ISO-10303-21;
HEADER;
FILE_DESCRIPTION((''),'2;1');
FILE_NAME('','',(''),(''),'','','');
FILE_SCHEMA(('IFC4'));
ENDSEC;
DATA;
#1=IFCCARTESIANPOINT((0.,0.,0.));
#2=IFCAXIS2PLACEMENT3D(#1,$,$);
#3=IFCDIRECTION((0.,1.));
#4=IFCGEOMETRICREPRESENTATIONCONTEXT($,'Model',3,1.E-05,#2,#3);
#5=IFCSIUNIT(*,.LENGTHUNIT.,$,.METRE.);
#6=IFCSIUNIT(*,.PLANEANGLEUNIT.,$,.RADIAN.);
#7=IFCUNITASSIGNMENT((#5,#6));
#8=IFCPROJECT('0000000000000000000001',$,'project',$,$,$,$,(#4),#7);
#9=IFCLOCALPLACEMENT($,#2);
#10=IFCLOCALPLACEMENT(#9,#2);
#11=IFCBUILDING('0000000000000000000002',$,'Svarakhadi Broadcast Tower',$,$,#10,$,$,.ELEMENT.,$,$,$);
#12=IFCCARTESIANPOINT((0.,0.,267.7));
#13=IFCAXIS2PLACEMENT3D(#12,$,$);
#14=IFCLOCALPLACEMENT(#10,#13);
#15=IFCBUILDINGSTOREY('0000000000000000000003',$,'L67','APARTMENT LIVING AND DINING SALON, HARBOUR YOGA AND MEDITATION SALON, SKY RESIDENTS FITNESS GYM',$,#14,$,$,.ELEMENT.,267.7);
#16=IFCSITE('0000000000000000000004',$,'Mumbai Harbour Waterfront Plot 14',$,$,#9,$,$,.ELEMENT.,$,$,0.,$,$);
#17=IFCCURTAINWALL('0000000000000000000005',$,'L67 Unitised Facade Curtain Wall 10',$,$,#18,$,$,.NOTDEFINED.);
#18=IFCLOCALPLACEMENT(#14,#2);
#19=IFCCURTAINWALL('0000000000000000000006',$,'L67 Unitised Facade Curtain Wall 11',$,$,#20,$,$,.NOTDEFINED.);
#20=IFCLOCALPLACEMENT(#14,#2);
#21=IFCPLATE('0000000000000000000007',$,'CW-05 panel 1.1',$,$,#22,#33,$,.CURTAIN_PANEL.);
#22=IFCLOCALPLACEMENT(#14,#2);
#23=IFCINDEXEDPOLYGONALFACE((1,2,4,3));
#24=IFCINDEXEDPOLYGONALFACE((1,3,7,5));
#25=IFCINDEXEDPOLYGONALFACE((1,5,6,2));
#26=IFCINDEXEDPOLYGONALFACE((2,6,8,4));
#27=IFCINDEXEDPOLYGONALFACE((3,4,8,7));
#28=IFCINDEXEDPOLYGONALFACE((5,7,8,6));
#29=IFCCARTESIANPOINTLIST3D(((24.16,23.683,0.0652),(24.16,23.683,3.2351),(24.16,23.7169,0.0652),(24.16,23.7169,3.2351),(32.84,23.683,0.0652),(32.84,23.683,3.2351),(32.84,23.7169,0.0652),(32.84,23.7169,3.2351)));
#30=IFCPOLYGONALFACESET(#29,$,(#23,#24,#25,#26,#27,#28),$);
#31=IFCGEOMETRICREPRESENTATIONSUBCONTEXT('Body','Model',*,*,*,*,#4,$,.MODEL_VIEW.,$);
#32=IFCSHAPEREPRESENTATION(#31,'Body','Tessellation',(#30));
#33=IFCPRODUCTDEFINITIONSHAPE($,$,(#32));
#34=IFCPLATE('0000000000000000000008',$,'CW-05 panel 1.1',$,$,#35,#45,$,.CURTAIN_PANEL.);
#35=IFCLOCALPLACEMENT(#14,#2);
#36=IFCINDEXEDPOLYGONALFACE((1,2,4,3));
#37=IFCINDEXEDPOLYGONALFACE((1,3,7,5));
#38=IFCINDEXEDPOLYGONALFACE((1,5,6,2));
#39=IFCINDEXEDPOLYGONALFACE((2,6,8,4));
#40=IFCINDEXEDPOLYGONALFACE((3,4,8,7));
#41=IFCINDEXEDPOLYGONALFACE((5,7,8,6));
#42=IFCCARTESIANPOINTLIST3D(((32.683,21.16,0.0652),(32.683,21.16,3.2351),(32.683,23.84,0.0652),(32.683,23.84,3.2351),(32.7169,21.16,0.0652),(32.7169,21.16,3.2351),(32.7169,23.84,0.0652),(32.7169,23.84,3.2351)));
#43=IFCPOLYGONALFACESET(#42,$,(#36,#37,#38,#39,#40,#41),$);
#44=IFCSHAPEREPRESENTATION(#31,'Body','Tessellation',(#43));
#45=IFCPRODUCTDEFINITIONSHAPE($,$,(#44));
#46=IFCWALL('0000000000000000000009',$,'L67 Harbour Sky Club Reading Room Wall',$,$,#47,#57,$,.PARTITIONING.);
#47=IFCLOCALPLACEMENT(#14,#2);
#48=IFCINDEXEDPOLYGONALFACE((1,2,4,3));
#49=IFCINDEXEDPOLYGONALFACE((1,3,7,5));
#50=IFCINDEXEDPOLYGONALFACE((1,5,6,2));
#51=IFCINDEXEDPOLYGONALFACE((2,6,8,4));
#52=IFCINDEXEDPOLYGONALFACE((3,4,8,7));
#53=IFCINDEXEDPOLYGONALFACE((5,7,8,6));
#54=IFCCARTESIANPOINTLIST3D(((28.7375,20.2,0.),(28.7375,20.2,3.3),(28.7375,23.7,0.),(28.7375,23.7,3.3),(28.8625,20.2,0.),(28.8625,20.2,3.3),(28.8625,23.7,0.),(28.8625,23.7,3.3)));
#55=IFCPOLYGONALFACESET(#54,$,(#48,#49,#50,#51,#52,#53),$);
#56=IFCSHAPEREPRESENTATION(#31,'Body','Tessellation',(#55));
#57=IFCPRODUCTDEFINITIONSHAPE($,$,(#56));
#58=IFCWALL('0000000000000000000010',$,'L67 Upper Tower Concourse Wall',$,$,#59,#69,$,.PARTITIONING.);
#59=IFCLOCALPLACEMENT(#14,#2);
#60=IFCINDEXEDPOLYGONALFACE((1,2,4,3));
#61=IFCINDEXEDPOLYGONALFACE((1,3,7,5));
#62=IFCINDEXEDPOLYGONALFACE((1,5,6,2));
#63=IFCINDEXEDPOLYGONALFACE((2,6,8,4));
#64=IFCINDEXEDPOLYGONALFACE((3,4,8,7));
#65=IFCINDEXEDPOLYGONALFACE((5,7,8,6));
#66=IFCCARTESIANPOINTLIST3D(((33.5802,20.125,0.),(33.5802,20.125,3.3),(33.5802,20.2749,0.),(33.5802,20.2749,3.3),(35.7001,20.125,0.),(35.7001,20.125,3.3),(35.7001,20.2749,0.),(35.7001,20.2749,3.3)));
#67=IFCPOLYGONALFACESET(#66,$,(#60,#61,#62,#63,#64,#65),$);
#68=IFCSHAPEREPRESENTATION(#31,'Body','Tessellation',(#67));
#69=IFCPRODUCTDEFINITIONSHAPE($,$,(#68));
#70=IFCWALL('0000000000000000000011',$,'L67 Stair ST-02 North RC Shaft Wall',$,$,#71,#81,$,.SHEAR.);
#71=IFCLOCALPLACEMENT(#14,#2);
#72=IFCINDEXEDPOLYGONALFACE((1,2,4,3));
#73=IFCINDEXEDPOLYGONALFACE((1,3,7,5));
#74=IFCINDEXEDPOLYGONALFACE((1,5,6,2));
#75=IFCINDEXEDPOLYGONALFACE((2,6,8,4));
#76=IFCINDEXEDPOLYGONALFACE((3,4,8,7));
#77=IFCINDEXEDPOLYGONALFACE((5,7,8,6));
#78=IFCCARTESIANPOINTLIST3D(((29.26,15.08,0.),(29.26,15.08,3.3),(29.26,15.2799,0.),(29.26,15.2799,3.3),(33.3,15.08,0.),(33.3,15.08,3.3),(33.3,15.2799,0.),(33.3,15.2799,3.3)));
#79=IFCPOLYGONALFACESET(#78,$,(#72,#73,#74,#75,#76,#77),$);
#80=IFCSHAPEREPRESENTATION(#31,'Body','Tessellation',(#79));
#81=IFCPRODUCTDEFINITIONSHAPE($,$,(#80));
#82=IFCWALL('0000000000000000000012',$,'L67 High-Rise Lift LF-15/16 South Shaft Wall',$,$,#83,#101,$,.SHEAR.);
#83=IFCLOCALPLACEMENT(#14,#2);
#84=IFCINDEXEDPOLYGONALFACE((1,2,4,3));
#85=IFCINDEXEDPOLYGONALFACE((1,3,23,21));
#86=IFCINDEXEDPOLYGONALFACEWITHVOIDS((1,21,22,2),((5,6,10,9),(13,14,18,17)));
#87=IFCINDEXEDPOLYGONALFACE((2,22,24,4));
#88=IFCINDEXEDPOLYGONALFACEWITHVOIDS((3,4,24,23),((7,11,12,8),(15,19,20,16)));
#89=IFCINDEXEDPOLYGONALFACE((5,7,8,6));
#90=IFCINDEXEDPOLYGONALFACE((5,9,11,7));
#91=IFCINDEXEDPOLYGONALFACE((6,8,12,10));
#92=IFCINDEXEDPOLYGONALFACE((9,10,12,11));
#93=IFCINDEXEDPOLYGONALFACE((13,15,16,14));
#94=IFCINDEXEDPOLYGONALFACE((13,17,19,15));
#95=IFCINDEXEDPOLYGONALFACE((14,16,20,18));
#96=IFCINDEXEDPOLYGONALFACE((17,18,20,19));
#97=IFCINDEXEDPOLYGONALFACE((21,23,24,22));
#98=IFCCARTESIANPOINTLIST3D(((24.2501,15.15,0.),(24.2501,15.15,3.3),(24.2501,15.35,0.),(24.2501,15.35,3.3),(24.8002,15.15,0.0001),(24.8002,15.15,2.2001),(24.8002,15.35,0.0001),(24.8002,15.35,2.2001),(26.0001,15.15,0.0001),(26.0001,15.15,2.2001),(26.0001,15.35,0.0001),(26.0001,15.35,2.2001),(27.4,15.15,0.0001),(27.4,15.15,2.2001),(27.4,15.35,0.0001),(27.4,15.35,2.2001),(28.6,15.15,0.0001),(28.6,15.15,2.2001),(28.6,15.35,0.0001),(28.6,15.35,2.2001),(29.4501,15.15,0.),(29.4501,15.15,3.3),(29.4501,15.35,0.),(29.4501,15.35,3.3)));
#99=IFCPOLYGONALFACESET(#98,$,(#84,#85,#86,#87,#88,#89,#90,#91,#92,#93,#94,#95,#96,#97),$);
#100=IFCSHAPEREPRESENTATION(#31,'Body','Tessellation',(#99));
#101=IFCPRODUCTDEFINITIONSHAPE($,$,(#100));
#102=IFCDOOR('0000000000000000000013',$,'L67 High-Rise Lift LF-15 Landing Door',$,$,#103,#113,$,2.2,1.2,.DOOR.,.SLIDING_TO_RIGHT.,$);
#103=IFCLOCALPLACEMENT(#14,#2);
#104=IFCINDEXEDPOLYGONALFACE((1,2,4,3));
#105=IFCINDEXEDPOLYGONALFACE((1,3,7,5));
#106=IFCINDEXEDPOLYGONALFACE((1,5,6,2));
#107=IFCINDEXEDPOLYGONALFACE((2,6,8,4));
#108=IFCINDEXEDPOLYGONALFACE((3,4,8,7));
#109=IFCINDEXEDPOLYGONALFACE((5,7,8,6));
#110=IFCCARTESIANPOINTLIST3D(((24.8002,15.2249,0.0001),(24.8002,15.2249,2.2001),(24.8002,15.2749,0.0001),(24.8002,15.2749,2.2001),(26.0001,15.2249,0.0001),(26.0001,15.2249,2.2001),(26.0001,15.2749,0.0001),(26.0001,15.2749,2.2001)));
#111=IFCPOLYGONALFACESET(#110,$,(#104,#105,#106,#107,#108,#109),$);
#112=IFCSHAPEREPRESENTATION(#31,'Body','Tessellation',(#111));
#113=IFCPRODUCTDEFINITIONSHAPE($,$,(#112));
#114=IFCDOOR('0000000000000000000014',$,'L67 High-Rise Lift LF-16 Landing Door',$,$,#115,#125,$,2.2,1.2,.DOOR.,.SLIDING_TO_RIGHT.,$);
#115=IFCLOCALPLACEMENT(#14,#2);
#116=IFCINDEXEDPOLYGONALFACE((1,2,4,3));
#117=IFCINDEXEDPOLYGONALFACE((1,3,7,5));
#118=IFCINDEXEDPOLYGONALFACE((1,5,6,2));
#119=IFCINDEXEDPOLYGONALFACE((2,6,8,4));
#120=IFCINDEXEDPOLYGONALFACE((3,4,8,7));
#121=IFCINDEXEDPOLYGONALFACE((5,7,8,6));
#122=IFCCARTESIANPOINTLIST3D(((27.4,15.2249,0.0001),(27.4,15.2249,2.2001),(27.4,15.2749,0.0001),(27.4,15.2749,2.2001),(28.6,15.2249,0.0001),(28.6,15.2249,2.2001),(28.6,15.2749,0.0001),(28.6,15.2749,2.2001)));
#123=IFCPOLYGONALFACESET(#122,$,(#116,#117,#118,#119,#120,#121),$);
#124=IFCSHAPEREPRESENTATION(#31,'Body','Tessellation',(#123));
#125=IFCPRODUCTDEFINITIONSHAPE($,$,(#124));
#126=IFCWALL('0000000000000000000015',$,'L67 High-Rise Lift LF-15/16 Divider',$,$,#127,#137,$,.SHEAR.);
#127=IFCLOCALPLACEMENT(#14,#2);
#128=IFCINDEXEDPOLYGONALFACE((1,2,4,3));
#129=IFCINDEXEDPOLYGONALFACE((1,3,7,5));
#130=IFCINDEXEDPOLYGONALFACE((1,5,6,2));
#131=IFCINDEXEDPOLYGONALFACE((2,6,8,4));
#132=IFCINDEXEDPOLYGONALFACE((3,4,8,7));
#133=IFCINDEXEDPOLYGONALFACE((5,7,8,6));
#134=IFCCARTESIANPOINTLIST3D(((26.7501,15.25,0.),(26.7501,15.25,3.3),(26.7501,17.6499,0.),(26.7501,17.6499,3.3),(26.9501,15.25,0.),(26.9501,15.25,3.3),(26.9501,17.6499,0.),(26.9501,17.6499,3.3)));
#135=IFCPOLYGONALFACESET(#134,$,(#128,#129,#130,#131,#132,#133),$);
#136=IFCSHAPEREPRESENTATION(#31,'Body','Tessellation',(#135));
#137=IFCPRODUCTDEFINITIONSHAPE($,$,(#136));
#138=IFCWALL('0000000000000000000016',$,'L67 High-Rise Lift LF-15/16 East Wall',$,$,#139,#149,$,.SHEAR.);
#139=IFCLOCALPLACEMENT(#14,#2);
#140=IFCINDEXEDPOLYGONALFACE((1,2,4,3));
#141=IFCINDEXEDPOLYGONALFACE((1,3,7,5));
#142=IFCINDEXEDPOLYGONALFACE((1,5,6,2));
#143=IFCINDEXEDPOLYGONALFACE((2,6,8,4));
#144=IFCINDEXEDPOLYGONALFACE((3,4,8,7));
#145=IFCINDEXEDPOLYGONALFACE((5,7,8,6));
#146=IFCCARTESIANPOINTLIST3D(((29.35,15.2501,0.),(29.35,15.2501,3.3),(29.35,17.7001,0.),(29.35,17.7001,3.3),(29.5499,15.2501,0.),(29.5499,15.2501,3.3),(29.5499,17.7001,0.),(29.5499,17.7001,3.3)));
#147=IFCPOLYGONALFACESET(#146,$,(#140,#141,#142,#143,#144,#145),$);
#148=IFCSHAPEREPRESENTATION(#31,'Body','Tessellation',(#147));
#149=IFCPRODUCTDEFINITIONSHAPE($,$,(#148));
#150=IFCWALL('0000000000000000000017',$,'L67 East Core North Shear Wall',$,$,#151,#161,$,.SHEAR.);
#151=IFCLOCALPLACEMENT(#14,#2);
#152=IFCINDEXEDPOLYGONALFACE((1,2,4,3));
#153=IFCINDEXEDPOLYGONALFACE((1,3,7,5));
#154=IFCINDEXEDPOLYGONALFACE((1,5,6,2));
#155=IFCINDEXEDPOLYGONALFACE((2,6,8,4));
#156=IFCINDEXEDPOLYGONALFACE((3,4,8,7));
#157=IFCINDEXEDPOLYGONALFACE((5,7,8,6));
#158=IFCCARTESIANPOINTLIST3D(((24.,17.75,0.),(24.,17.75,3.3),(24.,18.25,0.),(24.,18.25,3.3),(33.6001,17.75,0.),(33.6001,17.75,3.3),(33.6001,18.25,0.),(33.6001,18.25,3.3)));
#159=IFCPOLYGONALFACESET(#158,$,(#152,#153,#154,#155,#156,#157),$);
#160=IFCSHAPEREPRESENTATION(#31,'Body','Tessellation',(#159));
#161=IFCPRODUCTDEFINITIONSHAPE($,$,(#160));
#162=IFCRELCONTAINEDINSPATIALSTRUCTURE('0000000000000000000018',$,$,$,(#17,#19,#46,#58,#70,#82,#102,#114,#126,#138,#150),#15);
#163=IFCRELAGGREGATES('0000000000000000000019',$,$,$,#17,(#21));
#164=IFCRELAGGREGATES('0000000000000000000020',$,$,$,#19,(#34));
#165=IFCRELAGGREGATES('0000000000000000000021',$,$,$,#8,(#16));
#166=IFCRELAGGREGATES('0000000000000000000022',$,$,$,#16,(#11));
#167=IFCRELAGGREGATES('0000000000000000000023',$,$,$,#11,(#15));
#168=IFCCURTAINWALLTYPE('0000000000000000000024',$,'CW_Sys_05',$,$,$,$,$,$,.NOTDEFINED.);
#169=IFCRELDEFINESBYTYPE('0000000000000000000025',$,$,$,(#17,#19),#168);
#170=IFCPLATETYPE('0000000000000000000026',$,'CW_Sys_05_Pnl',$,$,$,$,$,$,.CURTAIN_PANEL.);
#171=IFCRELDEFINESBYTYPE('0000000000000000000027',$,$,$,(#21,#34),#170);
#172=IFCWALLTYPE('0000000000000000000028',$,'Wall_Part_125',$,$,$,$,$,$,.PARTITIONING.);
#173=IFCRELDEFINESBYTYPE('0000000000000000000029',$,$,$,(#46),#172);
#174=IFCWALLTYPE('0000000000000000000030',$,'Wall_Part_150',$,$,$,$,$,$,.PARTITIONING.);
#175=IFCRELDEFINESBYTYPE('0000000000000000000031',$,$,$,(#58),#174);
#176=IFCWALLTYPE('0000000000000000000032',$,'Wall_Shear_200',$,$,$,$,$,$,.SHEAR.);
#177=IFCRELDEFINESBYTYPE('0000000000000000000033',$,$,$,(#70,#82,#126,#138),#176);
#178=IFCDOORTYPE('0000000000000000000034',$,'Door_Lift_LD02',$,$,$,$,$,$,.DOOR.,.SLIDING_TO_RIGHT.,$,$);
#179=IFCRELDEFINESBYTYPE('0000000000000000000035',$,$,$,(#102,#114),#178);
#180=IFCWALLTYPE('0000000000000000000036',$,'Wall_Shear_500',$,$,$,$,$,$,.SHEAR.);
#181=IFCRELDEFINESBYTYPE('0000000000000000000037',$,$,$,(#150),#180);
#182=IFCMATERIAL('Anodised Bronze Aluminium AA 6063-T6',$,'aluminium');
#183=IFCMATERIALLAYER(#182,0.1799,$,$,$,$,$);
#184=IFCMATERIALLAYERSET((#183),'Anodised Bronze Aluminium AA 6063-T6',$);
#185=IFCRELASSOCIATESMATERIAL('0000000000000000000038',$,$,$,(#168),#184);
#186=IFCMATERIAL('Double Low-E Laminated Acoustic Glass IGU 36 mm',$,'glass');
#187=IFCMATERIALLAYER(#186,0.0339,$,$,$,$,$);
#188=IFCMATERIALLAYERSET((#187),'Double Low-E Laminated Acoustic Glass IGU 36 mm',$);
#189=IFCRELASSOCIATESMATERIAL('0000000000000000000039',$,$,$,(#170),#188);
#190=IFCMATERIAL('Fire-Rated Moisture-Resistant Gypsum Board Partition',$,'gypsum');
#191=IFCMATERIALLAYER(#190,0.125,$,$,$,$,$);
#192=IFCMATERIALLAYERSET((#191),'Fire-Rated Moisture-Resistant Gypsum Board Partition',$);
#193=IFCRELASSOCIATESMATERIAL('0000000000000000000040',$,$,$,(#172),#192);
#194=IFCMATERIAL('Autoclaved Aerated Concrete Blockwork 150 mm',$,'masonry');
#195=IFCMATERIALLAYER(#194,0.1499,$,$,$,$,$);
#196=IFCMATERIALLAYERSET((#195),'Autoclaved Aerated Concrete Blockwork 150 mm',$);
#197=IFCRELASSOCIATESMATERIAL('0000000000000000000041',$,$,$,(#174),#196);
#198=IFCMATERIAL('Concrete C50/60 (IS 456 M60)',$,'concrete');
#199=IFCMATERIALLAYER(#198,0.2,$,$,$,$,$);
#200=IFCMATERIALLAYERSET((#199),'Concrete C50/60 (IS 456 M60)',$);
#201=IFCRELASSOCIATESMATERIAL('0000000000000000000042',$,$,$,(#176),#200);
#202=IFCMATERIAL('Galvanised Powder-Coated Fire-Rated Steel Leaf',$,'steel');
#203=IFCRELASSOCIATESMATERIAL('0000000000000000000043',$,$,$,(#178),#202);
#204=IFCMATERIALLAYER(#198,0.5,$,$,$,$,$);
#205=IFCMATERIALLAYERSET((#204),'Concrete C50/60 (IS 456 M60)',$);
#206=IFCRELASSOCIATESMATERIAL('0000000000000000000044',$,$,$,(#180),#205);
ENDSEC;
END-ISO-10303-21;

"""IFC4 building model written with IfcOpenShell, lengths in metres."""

from ifc_helpers import new_model, si_unit, direction, frame, frame_2d, origin, origin_2d, place, context, subcontext, project, spatial, rectangle, extrude, material, layer, layer_set, type_object, element, fill, aggregate, save


model = new_model("IFC4")

# Units and contexts
model_context = context("Model", 3, precision=1e-05, world=origin(), true_north=direction((0.0, 1.0)))
body_context = subcontext(model_context, "Body", "Model", "MODEL_VIEW")
ifc_project = project(units=[si_unit("LENGTHUNIT", "METRE"), si_unit("PLANEANGLEUNIT", "RADIAN")], contexts=[model_context])

# Site, building, storey
site_placement = place(None, origin())
site = spatial("IfcSite", under=ifc_project, at=site_placement, Name="Mumbai Harbour Waterfront Plot 14", CompositionType="ELEMENT", RefElevation=0.0)
building_placement = place(site_placement, origin())
building = spatial("IfcBuilding", under=site, at=building_placement, Name="Svarakhadi Broadcast Tower", CompositionType="ELEMENT")
storey_placement = place(building_placement, frame((0.0, 0.0, 267.7)))
storey = spatial("IfcBuildingStorey", under=building, at=storey_placement, Name="L67", Description="APARTMENT LIVING AND DINING SALON, HARBOUR YOGA AND MEDITATION SALON, SKY RESIDENTS FITNESS GYM", CompositionType="ELEMENT", Elevation=267.7)

# Curtain walls
ifc_material_1 = material(Name="Anodised Bronze Aluminium AA 6063-T6", Category="aluminium")
ifc_layer_1 = layer(ifc_material_1, 0.1799)
ifc_layer_set_1 = layer_set([ifc_layer_1], Name="Anodised Bronze Aluminium AA 6063-T6")
curtain_wall_type = type_object("IfcCurtainWallType", Name="CW_Sys_05", PredefinedType="NOTDEFINED", material=ifc_layer_set_1)
curtain_wall_1_placement = place(storey_placement, origin())
curtain_wall_1 = element("IfcCurtainWall", 1, at=curtain_wall_1_placement, inside=storey, type_object=curtain_wall_type, Name="L67 Unitised Facade Curtain Wall 10", PredefinedType="NOTDEFINED")
curtain_wall_2_placement = place(storey_placement, origin())
curtain_wall_2 = element("IfcCurtainWall", 2, at=curtain_wall_2_placement, inside=storey, type_object=curtain_wall_type, Name="L67 Unitised Facade Curtain Wall 11", PredefinedType="NOTDEFINED")

# Plates
ifc_material_2 = material(Name="Double Low-E Laminated Acoustic Glass IGU 36 mm", Category="glass")
ifc_layer_2 = layer(ifc_material_2, 0.0339)
ifc_layer_set_2 = layer_set([ifc_layer_2], Name="Double Low-E Laminated Acoustic Glass IGU 36 mm")
plate_type = type_object("IfcPlateType", Name="CW_Sys_05_Pnl", PredefinedType="CURTAIN_PANEL", material=ifc_layer_set_2)
plate_1_placement = place(storey_placement, frame((28.5, 23.7, 0.0652), z_axis=(0.0, 0.0, 1.0), x_axis=(1.0, 0.0, 0.0)))
plate_1 = element("IfcPlate", 3, at=plate_1_placement, type_object=plate_type, Name="CW-05 panel 1.1", PredefinedType="CURTAIN_PANEL", context=body_context, shape_type="SweptSolid", body=[
    extrude(rectangle(XDim=8.6799, YDim=0.0339, at=origin_2d()), origin(), (0.0, 0.0, 1.0), 3.1699),
])
aggregate(curtain_wall_1, [plate_1])
plate_2_placement = place(storey_placement, frame((32.7, 22.5, 0.0652), z_axis=(0.0, 0.0, 1.0), x_axis=(0.0, -1.0, 0.0)))
plate_2 = element("IfcPlate", 4, at=plate_2_placement, type_object=plate_type, Name="CW-05 panel 1.1", PredefinedType="CURTAIN_PANEL", context=body_context, shape_type="SweptSolid", body=[
    extrude(rectangle(XDim=2.6799, YDim=0.0339, at=origin_2d()), origin(), (0.0, 0.0, 1.0), 3.1699),
])
aggregate(curtain_wall_2, [plate_2])

# Wall
ifc_material_3 = material(Name="Fire-Rated Moisture-Resistant Gypsum Board Partition", Category="gypsum")
ifc_layer_3 = layer(ifc_material_3, 0.125)
ifc_layer_set_3 = layer_set([ifc_layer_3], Name="Fire-Rated Moisture-Resistant Gypsum Board Partition")
wall_type_1 = type_object("IfcWallType", Name="Wall_Part_125", PredefinedType="PARTITIONING", material=ifc_layer_set_3)
wall_1_placement = place(storey_placement, frame((28.8, 20.2, 0.0), z_axis=(0.0, 0.0, 1.0), x_axis=(0.0, 1.0, 0.0)))
element("IfcWall", 5, at=wall_1_placement, inside=storey, type_object=wall_type_1, Name="L67 Harbour Sky Club Reading Room Wall", PredefinedType="PARTITIONING", context=body_context, shape_type="SweptSolid", body=[
    extrude(rectangle(XDim=3.5, YDim=0.125, at=frame_2d((1.75, 0.0))), origin(), (0.0, 0.0, 1.0), 3.3),
])

# Shared definitions
ifc_material_4 = material(Name="Autoclaved Aerated Concrete Blockwork 150 mm", Category="masonry")
ifc_layer_4 = layer(ifc_material_4, 0.1499)
ifc_layer_set_4 = layer_set([ifc_layer_4], Name="Autoclaved Aerated Concrete Blockwork 150 mm")
wall_type_2 = type_object("IfcWallType", Name="Wall_Part_150", PredefinedType="PARTITIONING", material=ifc_layer_set_4)
ifc_material_5 = material(Name="Galvanised Powder-Coated Fire-Rated Steel Leaf", Category="steel")

# Walls
wall_2_placement = place(storey_placement, frame((33.5801, 20.2, 0.0), z_axis=(0.0, 0.0, 1.0), x_axis=(1.0, 0.0, 0.0)))
element("IfcWall", 6, at=wall_2_placement, inside=storey, type_object=wall_type_2, Name="L67 Upper Tower Concourse Wall", PredefinedType="PARTITIONING", context=body_context, shape_type="SweptSolid", body=[
    extrude(rectangle(XDim=2.1199, YDim=0.1499, at=frame_2d((1.0601, 0.0))), origin(), (0.0, 0.0, 1.0), 3.3),
])
ifc_material_6 = material(Name="Concrete C50/60 (IS 456 M60)", Category="concrete")
ifc_layer_5 = layer(ifc_material_6, 0.2)
ifc_layer_set_5 = layer_set([ifc_layer_5], Name="Concrete C50/60 (IS 456 M60)")
wall_type_3 = type_object("IfcWallType", Name="Wall_Shear_200", PredefinedType="SHEAR", material=ifc_layer_set_5)
wall_3_placement = place(storey_placement, frame((29.26, 15.1799, 0.0), z_axis=(0.0, 0.0, 1.0), x_axis=(1.0, 0.0, 0.0)))
element("IfcWall", 7, at=wall_3_placement, inside=storey, type_object=wall_type_3, Name="L67 Stair ST-02 North RC Shaft Wall", PredefinedType="SHEAR", context=body_context, shape_type="SweptSolid", body=[
    extrude(rectangle(XDim=4.04, YDim=0.2, at=frame_2d((2.02, 0.0))), origin(), (0.0, 0.0, 1.0), 3.3),
])

# Wall, openings, doors
wall_4_placement = place(storey_placement, frame((24.25, 15.25, 0.0), z_axis=(0.0, 0.0, 1.0), x_axis=(1.0, 0.0, 0.0)))
wall_4 = element("IfcWall", 8, at=wall_4_placement, inside=storey, type_object=wall_type_3, Name="L67 High-Rise Lift LF-15/16 South Shaft Wall", PredefinedType="SHEAR", context=body_context, shape_type="SweptSolid", body=[
    extrude(rectangle(XDim=5.2, YDim=0.2, at=frame_2d((2.6001, 0.0))), origin(), (0.0, 0.0, 1.0), 3.3),
])
opening_1_placement = place(wall_4_placement, frame((0.55, 0.0, 0.0)))
opening_1 = element("IfcOpeningElement", 9, at=opening_1_placement, cuts=wall_4, PredefinedType="OPENING", context=body_context, shape_type="SweptSolid", body=[
    extrude(rectangle(XDim=1.2, YDim=2.2, at=frame_2d((0.6001, 1.1001))), frame((0.0, 0.1099, 0.0), z_axis=(0.0, -1.0, 0.0), x_axis=(1.0, 0.0, 0.0)), (0.0, 0.0, 1.0), 0.22),
])
opening_2_placement = place(wall_4_placement, frame((3.1499, 0.0, 0.0)))
opening_2 = element("IfcOpeningElement", 10, at=opening_2_placement, cuts=wall_4, PredefinedType="OPENING", context=body_context, shape_type="SweptSolid", body=[
    extrude(rectangle(XDim=1.2, YDim=2.2, at=frame_2d((0.6001, 1.1001))), frame((0.0, 0.1099, 0.0), z_axis=(0.0, -1.0, 0.0), x_axis=(1.0, 0.0, 0.0)), (0.0, 0.0, 1.0), 0.22),
])
door_type_1 = type_object("IfcDoorType", Name="Door_Lift_LD02", OperationType="SLIDING_TO_RIGHT", PredefinedType="DOOR", material=ifc_material_5)
door_1_placement = place(opening_1_placement, origin())
door_1 = element("IfcDoor", 11, at=door_1_placement, inside=storey, type_object=door_type_1, Name="L67 High-Rise Lift LF-15 Landing Door", OperationType="SLIDING_TO_RIGHT", OverallHeight=2.2, OverallWidth=1.2, PredefinedType="DOOR", context=body_context, shape_type="SweptSolid", body=[
    extrude(rectangle(XDim=1.2, YDim=2.2, at=frame_2d((0.6001, 1.1001))), frame((0.0, 0.0249, 0.0), z_axis=(0.0, -1.0, 0.0), x_axis=(1.0, 0.0, 0.0)), (0.0, 0.0, 1.0), 0.05),
])
fill(opening_1, door_1)
door_2_placement = place(opening_2_placement, origin())
door_2 = element("IfcDoor", 12, at=door_2_placement, inside=storey, type_object=door_type_1, Name="L67 High-Rise Lift LF-16 Landing Door", OperationType="SLIDING_TO_RIGHT", OverallHeight=2.2, OverallWidth=1.2, PredefinedType="DOOR", context=body_context, shape_type="SweptSolid", body=[
    extrude(rectangle(XDim=1.2, YDim=2.2, at=frame_2d((0.6001, 1.1001))), frame((0.0, 0.0249, 0.0), z_axis=(0.0, -1.0, 0.0), x_axis=(1.0, 0.0, 0.0)), (0.0, 0.0, 1.0), 0.05),
])
fill(opening_2, door_2)

# Walls
wall_5_placement = place(storey_placement, frame((26.8501, 15.25, 0.0), z_axis=(0.0, 0.0, 1.0), x_axis=(0.0, 1.0, 0.0)))
element("IfcWall", 13, at=wall_5_placement, inside=storey, type_object=wall_type_3, Name="L67 High-Rise Lift LF-15/16 Divider", PredefinedType="SHEAR", context=body_context, shape_type="SweptSolid", body=[
    extrude(rectangle(XDim=2.3999, YDim=0.2, at=frame_2d((1.2, 0.0))), origin(), (0.0, 0.0, 1.0), 3.3),
])
wall_6_placement = place(storey_placement, frame((29.45, 15.25, 0.0), z_axis=(0.0, 0.0, 1.0), x_axis=(0.0, 1.0, 0.0)))
element("IfcWall", 14, at=wall_6_placement, inside=storey, type_object=wall_type_3, Name="L67 High-Rise Lift LF-15/16 East Wall", PredefinedType="SHEAR", context=body_context, shape_type="SweptSolid", body=[
    extrude(rectangle(XDim=2.45, YDim=0.2, at=frame_2d((1.2251, 0.0))), origin(), (0.0, 0.0, 1.0), 3.3),
])
ifc_layer_6 = layer(ifc_material_6, 0.5)
ifc_layer_set_6 = layer_set([ifc_layer_6], Name="Concrete C50/60 (IS 456 M60)")
wall_type_4 = type_object("IfcWallType", Name="Wall_Shear_500", PredefinedType="SHEAR", material=ifc_layer_set_6)
wall_7_placement = place(storey_placement, frame((24.0, 18.0, 0.0), z_axis=(0.0, 0.0, 1.0), x_axis=(1.0, 0.0, 0.0)))
element("IfcWall", 15, at=wall_7_placement, inside=storey, type_object=wall_type_4, Name="L67 East Core North Shear Wall", PredefinedType="SHEAR", context=body_context, shape_type="SweptSolid", body=[
    extrude(rectangle(XDim=9.6001, YDim=0.5, at=frame_2d((4.8, 0.0))), origin(), (0.0, 0.0, 1.0), 3.3),
])

save(model, "model.ifc")
